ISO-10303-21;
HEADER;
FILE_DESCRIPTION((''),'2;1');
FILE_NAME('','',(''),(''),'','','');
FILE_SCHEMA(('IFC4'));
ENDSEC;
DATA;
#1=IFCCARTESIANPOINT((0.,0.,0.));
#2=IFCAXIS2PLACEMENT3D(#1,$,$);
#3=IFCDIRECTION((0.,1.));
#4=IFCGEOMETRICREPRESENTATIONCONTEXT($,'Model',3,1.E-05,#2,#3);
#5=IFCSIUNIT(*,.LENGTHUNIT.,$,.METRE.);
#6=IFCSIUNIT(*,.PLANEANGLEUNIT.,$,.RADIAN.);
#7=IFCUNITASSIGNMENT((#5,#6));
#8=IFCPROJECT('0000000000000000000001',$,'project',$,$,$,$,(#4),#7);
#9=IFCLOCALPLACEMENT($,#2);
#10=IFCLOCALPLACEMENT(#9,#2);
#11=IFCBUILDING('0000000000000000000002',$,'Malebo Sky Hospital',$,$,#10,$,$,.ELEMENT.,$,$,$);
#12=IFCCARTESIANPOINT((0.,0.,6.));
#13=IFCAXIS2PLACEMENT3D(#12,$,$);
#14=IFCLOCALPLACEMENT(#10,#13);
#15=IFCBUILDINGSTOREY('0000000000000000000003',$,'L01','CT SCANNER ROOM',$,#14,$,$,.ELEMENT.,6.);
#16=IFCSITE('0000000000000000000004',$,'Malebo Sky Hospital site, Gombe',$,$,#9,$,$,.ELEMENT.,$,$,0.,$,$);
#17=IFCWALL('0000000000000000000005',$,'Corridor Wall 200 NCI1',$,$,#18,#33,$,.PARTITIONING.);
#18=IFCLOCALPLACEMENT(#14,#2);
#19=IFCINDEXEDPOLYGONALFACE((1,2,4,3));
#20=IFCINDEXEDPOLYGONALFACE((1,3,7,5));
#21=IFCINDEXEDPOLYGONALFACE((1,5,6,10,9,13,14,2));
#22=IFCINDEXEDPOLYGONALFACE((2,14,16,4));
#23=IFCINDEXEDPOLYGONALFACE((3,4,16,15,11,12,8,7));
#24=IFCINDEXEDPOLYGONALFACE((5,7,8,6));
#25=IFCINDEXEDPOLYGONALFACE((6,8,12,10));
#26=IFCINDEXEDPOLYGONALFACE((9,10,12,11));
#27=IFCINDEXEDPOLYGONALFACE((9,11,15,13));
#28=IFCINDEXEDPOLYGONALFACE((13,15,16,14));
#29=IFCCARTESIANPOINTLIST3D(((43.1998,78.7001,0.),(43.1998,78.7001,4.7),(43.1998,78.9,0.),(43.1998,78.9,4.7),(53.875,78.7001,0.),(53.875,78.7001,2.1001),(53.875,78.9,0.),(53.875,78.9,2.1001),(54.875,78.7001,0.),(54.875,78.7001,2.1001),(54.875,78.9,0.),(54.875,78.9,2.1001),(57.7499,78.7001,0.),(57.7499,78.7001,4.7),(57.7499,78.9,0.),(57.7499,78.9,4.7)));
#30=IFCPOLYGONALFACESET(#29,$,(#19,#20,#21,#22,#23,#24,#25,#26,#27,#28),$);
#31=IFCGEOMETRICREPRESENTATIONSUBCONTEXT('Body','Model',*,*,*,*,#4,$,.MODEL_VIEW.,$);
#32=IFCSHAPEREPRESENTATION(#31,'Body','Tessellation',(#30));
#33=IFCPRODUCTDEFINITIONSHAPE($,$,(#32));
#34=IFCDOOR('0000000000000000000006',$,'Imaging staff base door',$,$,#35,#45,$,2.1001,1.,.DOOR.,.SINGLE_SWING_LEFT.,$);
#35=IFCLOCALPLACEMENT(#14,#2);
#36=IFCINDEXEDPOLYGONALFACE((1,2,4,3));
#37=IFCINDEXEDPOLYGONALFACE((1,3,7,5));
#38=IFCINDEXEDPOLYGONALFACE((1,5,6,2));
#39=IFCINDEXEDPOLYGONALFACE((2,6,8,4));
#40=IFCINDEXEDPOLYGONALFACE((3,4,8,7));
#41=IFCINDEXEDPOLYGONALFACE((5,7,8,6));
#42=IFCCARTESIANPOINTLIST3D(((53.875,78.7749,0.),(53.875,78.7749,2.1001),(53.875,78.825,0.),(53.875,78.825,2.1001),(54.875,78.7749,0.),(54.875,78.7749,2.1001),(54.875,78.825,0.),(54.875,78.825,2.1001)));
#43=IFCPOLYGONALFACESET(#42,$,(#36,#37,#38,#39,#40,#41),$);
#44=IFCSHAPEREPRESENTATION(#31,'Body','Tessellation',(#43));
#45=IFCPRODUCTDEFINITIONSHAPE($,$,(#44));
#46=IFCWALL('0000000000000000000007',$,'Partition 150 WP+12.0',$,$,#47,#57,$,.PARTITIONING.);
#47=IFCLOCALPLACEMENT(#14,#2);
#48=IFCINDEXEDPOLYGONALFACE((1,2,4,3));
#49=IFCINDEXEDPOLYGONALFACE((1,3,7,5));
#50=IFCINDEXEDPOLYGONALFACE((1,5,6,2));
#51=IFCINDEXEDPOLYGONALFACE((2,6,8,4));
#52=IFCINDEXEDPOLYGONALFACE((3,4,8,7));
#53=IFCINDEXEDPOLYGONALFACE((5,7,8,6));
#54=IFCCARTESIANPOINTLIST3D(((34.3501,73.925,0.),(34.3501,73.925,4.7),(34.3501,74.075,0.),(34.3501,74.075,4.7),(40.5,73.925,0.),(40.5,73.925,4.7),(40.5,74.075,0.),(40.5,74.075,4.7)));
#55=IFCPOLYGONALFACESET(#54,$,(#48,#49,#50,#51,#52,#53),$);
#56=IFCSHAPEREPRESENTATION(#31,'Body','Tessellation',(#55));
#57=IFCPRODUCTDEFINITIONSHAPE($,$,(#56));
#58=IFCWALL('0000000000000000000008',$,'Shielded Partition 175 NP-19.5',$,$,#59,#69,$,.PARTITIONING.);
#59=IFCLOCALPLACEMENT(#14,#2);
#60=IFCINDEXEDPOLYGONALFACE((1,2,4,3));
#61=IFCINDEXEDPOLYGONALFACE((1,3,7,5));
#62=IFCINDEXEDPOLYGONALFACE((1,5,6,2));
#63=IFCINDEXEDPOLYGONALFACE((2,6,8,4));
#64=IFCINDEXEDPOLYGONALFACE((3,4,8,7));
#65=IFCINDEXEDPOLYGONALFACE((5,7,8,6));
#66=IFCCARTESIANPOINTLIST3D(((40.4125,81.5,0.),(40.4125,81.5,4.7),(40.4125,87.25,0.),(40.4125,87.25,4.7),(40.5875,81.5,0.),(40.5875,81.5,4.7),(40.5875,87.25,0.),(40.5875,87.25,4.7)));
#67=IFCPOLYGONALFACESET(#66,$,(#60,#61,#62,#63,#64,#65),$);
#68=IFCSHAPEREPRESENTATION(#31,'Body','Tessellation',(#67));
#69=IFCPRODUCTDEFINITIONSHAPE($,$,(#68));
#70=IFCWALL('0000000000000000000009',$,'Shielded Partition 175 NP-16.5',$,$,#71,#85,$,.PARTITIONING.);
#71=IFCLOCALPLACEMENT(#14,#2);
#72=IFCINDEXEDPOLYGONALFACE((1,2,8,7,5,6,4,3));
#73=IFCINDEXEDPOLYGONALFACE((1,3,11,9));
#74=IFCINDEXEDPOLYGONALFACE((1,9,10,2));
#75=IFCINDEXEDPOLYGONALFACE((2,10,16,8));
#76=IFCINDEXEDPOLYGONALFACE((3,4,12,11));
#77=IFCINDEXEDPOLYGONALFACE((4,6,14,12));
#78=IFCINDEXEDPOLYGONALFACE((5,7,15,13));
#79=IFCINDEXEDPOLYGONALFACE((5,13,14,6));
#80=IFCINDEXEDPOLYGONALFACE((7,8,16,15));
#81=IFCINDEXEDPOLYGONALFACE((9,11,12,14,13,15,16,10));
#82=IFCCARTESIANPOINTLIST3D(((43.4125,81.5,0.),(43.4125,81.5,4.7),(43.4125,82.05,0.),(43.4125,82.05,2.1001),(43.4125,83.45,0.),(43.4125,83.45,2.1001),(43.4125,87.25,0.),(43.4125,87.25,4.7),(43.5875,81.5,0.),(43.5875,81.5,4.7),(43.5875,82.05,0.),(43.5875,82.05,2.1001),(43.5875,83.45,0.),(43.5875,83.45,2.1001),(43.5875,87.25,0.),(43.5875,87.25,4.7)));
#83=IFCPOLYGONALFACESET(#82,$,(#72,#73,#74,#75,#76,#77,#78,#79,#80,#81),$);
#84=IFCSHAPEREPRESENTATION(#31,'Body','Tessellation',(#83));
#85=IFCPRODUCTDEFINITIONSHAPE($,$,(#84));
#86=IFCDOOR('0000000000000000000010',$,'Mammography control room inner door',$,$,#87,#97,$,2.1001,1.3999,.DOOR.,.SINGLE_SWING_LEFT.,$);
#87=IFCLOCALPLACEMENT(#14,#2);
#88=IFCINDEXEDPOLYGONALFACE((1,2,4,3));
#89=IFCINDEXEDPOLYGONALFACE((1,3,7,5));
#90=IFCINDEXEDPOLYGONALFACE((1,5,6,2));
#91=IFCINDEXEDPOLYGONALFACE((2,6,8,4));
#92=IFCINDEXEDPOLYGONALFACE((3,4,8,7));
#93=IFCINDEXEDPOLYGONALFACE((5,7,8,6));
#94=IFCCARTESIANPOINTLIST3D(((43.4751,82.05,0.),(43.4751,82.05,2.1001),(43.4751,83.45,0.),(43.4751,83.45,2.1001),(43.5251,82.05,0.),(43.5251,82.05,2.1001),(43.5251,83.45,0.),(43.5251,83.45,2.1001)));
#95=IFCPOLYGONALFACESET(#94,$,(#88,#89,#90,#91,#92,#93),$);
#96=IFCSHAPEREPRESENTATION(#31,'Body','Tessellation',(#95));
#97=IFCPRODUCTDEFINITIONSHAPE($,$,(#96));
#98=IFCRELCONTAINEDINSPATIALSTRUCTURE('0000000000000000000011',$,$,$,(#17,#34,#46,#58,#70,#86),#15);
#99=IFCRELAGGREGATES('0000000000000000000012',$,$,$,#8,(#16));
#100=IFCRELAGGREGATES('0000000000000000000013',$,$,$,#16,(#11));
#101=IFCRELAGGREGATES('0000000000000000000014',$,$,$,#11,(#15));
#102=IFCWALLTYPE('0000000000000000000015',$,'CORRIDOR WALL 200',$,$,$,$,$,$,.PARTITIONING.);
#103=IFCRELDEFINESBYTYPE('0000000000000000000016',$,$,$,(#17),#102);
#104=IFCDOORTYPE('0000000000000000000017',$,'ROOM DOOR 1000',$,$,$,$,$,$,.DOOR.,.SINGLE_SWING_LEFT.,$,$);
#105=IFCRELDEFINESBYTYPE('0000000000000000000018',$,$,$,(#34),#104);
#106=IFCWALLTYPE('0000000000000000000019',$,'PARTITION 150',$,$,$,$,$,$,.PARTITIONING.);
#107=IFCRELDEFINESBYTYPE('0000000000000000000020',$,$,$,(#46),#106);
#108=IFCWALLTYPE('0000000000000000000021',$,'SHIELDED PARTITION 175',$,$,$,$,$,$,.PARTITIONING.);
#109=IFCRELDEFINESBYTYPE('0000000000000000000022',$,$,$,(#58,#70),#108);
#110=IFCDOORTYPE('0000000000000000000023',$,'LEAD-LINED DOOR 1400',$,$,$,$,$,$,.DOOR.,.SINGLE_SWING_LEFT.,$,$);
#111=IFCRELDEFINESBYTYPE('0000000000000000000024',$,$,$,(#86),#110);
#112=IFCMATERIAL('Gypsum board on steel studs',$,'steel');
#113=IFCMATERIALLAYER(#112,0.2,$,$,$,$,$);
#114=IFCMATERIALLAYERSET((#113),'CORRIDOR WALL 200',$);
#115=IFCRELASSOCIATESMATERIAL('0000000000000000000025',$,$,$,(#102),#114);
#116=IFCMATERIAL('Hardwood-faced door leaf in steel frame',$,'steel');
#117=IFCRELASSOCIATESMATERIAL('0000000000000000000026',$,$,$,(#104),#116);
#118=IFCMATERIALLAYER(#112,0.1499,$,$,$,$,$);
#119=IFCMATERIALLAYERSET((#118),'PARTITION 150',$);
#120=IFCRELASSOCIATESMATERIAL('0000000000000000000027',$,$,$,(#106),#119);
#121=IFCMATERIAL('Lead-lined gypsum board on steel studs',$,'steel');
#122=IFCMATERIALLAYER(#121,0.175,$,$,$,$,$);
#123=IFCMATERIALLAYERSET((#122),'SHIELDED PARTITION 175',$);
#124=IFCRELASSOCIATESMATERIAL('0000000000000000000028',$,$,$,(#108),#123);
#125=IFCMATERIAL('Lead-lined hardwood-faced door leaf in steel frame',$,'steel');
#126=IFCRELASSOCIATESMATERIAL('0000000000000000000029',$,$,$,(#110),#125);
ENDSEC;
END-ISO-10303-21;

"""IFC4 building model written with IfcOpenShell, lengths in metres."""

from ifc_helpers import new_model, si_unit, direction, frame, frame_2d, origin, place, context, subcontext, project, spatial, rectangle, extrude, material, layer, layer_set, type_object, element, fill, save


model = new_model("IFC4")

# Units and contexts
model_context = context("Model", 3, precision=1e-05, world=origin(), true_north=direction((0.0, 1.0)))
body_context = subcontext(model_context, "Body", "Model", "MODEL_VIEW")
ifc_project = project(units=[si_unit("LENGTHUNIT", "METRE"), si_unit("PLANEANGLEUNIT", "RADIAN")], contexts=[model_context])

# Site, building, storey
site_placement = place(None, origin())
site = spatial("IfcSite", under=ifc_project, at=site_placement, Name="Malebo Sky Hospital site, Gombe", CompositionType="ELEMENT", RefElevation=0.0)
building_placement = place(site_placement, origin())
building = spatial("IfcBuilding", under=site, at=building_placement, Name="Malebo Sky Hospital", CompositionType="ELEMENT")
storey_placement = place(building_placement, frame((0.0, 0.0, 6.0)))
storey = spatial("IfcBuildingStorey", under=building, at=storey_placement, Name="L01", Description="CT SCANNER ROOM", CompositionType="ELEMENT", Elevation=6.0)

# Shared definitions
ifc_material_1 = material(Name="Gypsum board on steel studs", Category="steel")
ifc_layer_1 = layer(ifc_material_1, 0.2)
ifc_layer_set_1 = layer_set([ifc_layer_1], Name="CORRIDOR WALL 200")
wall_type_1 = type_object("IfcWallType", Name="CORRIDOR WALL 200", PredefinedType="PARTITIONING", material=ifc_layer_set_1)
ifc_material_2 = material(Name="Lead-lined hardwood-faced door leaf in steel frame", Category="steel")
ifc_material_3 = material(Name="Hardwood-faced door leaf in steel frame", Category="steel")
door_type_1 = type_object("IfcDoorType", Name="ROOM DOOR 1000", OperationType="SINGLE_SWING_LEFT", PredefinedType="DOOR", material=ifc_material_3)

# Wall, opening, door
wall_1_placement = place(storey_placement, frame((43.2, 78.8, 0.0), z_axis=(0.0, 0.0, 1.0), x_axis=(1.0, 0.0, 0.0)))
wall_1 = element("IfcWall", 1, at=wall_1_placement, inside=storey, type_object=wall_type_1, Name="Corridor Wall 200 NCI1", PredefinedType="PARTITIONING", context=body_context, shape_type="SweptSolid", body=[
    extrude(rectangle(XDim=14.55, YDim=0.2, at=frame_2d((7.2749, 0.0))), origin(), (0.0, 0.0, 1.0), 4.7),
])
opening_1_placement = place(wall_1_placement, frame((10.675, 0.0, 0.0)))
opening_1 = element("IfcOpeningElement", 2, at=opening_1_placement, cuts=wall_1, PredefinedType="OPENING", context=body_context, shape_type="SweptSolid", body=[
    extrude(rectangle(XDim=1.0, YDim=2.1001, at=frame_2d((0.5, 1.05))), frame((0.0, 0.1099, 0.0), z_axis=(0.0, -1.0, 0.0), x_axis=(1.0, 0.0, 0.0)), (0.0, 0.0, 1.0), 0.22),
])
door_1_placement = place(opening_1_placement, origin())
door_1 = element("IfcDoor", 3, at=door_1_placement, inside=storey, type_object=door_type_1, Name="Imaging staff base door", OperationType="SINGLE_SWING_LEFT", OverallHeight=2.1001, OverallWidth=1.0, PredefinedType="DOOR", context=body_context, shape_type="SweptSolid", body=[
    extrude(rectangle(XDim=1.0, YDim=2.1001, at=frame_2d((0.5, 1.05))), frame((0.0, 0.0249, 0.0), z_axis=(0.0, -1.0, 0.0), x_axis=(1.0, 0.0, 0.0)), (0.0, 0.0, 1.0), 0.05),
])
fill(opening_1, door_1)

# Walls
ifc_layer_2 = layer(ifc_material_1, 0.1499)
ifc_layer_set_2 = layer_set([ifc_layer_2], Name="PARTITION 150")
wall_type_2 = type_object("IfcWallType", Name="PARTITION 150", PredefinedType="PARTITIONING", material=ifc_layer_set_2)
wall_2_placement = place(storey_placement, frame((40.5, 74.0, 0.0), z_axis=(0.0, 0.0, 1.0), x_axis=(-1.0, 0.0, 0.0)))
element("IfcWall", 4, at=wall_2_placement, inside=storey, type_object=wall_type_2, Name="Partition 150 WP+12.0", PredefinedType="PARTITIONING", context=body_context, shape_type="SweptSolid", body=[
    extrude(rectangle(XDim=6.1499, YDim=0.1499, at=frame_2d((3.075, 0.0))), origin(), (0.0, 0.0, 1.0), 4.7),
])
ifc_material_4 = material(Name="Lead-lined gypsum board on steel studs", Category="steel")
ifc_layer_3 = layer(ifc_material_4, 0.175)
ifc_layer_set_3 = layer_set([ifc_layer_3], Name="SHIELDED PARTITION 175")
wall_type_3 = type_object("IfcWallType", Name="SHIELDED PARTITION 175", PredefinedType="PARTITIONING", material=ifc_layer_set_3)
wall_3_placement = place(storey_placement, frame((40.5, 81.5, 0.0), z_axis=(0.0, 0.0, 1.0), x_axis=(0.0, 1.0, 0.0)))
element("IfcWall", 5, at=wall_3_placement, inside=storey, type_object=wall_type_3, Name="Shielded Partition 175 NP-19.5", PredefinedType="PARTITIONING", context=body_context, shape_type="SweptSolid", body=[
    extrude(rectangle(XDim=5.75, YDim=0.175, at=frame_2d((2.875, 0.0))), origin(), (0.0, 0.0, 1.0), 4.7),
])

# Wall, opening, door
wall_4_placement = place(storey_placement, frame((43.5, 81.5, 0.0), z_axis=(0.0, 0.0, 1.0), x_axis=(0.0, 1.0, 0.0)))
wall_4 = element("IfcWall", 6, at=wall_4_placement, inside=storey, type_object=wall_type_3, Name="Shielded Partition 175 NP-16.5", PredefinedType="PARTITIONING", context=body_context, shape_type="SweptSolid", body=[
    extrude(rectangle(XDim=5.75, YDim=0.175, at=frame_2d((2.875, 0.0))), origin(), (0.0, 0.0, 1.0), 4.7),
])
opening_2_placement = place(wall_4_placement, frame((0.55, 0.0, 0.0)))
opening_2 = element("IfcOpeningElement", 7, at=opening_2_placement, cuts=wall_4, PredefinedType="OPENING", context=body_context, shape_type="SweptSolid", body=[
    extrude(rectangle(XDim=1.3999, YDim=2.1001, at=frame_2d((0.7, 1.05))), frame((0.0, 0.0974, 0.0), z_axis=(0.0, -1.0, 0.0), x_axis=(1.0, 0.0, 0.0)), (0.0, 0.0, 1.0), 0.1951),
])
door_type_2 = type_object("IfcDoorType", Name="LEAD-LINED DOOR 1400", OperationType="SINGLE_SWING_LEFT", PredefinedType="DOOR", material=ifc_material_2)
door_2_placement = place(opening_2_placement, origin())
door_2 = element("IfcDoor", 8, at=door_2_placement, inside=storey, type_object=door_type_2, Name="Mammography control room inner door", OperationType="SINGLE_SWING_LEFT", OverallHeight=2.1001, OverallWidth=1.3999, PredefinedType="DOOR", context=body_context, shape_type="SweptSolid", body=[
    extrude(rectangle(XDim=1.3999, YDim=2.1001, at=frame_2d((0.7, 1.05))), frame((0.0, 0.0249, 0.0), z_axis=(0.0, -1.0, 0.0), x_axis=(1.0, 0.0, 0.0)), (0.0, 0.0, 1.0), 0.05),
])
fill(opening_2, door_2)

save(model, "model.ifc")
